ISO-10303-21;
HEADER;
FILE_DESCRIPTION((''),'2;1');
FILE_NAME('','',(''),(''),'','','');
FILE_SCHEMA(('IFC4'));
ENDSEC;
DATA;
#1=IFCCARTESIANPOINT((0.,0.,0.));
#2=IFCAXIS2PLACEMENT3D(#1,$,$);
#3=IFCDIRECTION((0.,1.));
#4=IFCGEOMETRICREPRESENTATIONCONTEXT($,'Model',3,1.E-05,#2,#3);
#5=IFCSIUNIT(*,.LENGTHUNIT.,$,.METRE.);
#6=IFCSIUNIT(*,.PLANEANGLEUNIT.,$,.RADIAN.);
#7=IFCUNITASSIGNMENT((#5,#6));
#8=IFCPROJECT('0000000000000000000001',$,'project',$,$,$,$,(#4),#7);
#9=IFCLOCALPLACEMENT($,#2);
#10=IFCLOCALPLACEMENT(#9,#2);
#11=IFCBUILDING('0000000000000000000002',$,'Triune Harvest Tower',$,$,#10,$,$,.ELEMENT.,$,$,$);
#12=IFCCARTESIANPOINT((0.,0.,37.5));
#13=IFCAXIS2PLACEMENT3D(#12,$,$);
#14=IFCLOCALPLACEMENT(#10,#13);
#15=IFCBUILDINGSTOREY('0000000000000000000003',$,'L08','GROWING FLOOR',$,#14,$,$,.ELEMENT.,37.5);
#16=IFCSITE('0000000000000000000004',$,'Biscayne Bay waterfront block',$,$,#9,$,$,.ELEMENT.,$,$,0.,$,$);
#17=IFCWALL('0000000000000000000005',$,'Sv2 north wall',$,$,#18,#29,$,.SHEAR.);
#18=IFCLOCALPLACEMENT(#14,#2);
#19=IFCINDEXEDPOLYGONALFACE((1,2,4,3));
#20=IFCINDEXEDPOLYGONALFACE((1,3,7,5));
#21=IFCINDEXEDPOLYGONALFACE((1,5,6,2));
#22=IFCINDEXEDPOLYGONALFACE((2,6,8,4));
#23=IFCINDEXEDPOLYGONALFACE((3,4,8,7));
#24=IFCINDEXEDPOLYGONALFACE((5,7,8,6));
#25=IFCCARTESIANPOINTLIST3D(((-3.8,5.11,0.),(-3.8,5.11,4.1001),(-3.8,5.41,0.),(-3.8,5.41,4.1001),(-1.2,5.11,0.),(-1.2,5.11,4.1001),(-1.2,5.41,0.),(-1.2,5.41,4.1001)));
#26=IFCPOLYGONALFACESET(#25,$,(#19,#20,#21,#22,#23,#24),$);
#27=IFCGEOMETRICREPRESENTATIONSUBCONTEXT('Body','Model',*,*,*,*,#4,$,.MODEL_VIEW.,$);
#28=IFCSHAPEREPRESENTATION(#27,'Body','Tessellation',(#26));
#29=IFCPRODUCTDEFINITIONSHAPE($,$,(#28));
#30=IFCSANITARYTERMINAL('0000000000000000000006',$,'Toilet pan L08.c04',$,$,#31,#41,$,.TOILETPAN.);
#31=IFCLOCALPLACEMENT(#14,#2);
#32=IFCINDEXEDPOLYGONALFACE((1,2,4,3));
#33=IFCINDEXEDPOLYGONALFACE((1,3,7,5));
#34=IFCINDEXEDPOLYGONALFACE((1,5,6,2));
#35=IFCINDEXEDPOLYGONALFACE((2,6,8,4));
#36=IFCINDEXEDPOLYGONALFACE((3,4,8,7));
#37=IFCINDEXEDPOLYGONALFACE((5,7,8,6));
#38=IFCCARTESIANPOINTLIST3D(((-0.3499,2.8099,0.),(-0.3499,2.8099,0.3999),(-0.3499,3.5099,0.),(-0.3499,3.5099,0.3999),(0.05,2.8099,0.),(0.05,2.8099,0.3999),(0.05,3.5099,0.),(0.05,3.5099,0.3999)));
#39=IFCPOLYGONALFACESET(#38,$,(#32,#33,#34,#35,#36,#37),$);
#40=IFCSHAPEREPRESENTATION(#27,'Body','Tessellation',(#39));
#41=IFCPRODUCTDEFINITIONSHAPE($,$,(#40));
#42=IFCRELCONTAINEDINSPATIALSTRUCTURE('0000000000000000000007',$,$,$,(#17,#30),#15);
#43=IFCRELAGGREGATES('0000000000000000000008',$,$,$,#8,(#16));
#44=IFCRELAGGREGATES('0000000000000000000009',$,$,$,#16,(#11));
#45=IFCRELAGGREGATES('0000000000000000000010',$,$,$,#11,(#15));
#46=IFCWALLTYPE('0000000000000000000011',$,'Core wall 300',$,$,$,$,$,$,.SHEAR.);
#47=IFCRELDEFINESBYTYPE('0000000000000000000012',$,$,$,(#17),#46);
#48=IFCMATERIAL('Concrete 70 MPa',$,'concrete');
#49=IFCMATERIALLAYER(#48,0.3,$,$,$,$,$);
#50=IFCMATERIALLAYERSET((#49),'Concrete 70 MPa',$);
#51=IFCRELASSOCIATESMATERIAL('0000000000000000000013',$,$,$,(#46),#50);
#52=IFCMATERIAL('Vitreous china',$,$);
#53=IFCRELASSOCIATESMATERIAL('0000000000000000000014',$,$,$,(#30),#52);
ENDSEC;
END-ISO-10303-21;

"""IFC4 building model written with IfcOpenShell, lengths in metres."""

from ifc_helpers import new_model, si_unit, direction, frame, frame_2d, origin, origin_2d, place, context, subcontext, project, spatial, rectangle, extrude, source, transform, mapped, material, layer, layer_set, type_object, element, save


model = new_model("IFC4")

# Units and contexts
model_context = context("Model", 3, precision=1e-05, world=origin(), true_north=direction((0.0, 1.0)))
body_context = subcontext(model_context, "Body", "Model", "MODEL_VIEW")
ifc_project = project(units=[si_unit("LENGTHUNIT", "METRE"), si_unit("PLANEANGLEUNIT", "RADIAN")], contexts=[model_context])

# Site, building, storey
site_placement = place(None, origin())
site = spatial("IfcSite", under=ifc_project, at=site_placement, Name="Biscayne Bay waterfront block", CompositionType="ELEMENT", RefElevation=0.0)
building_placement = place(site_placement, origin())
building = spatial("IfcBuilding", under=site, at=building_placement, Name="Triune Harvest Tower", CompositionType="ELEMENT")
storey_placement = place(building_placement, frame((0.0, 0.0, 37.5)))
storey = spatial("IfcBuildingStorey", under=building, at=storey_placement, Name="L08", Description="GROWING FLOOR", CompositionType="ELEMENT", Elevation=37.5)

# Shared definitions
ifc_material_1 = material(Name="Concrete 70 MPa", Category="concrete")
ifc_layer_1 = layer(ifc_material_1, 0.3)
ifc_layer_set_1 = layer_set([ifc_layer_1], Name="Concrete 70 MPa")
wall_type = type_object("IfcWallType", Name="Core wall 300", PredefinedType="SHEAR", material=ifc_layer_set_1)

# Wall
shared_shape_1 = source(origin(), body_context, "Body", "SweptSolid", [
    extrude(rectangle(XDim=2.6001, YDim=0.3, at=frame_2d((1.3, 0.0))), origin(), (0.0, 0.0, 1.0), 4.1001),
])
wall_1_placement = place(storey_placement, frame((-3.8, 5.26, 0.0), z_axis=(0.0, 0.0, 1.0), x_axis=(1.0, 0.0, 0.0)))
element("IfcWall", 1, at=wall_1_placement, inside=storey, type_object=wall_type, Name="Sv2 north wall", PredefinedType="SHEAR", context=body_context, shape_type="MappedRepresentation", body=[
    mapped(shared_shape_1, transform((0.0, 0.0, 0.0), scale=1.0)),
])

# Sanitary terminal
ifc_material_2 = material(Name="Vitreous china")
shared_shape_2 = source(origin(), body_context, "Body", "SweptSolid", [
    extrude(rectangle(XDim=0.3999, YDim=0.7, at=origin_2d()), origin(), (0.0, 0.0, 1.0), 0.3999),
])
sanitary_terminal_placement = place(storey_placement, frame((-0.1499, 3.1599, 0.0), z_axis=(0.0, 0.0, 1.0), x_axis=(-1.0, 0.0, 0.0)))
element("IfcSanitaryTerminal", 2, at=sanitary_terminal_placement, inside=storey, material=ifc_material_2, Name="Toilet pan L08.c04", PredefinedType="TOILETPAN", context=body_context, shape_type="MappedRepresentation", body=[
    mapped(shared_shape_2, transform((0.0, 0.0, 0.0), scale=1.0)),
])

save(model, "model.ifc")
